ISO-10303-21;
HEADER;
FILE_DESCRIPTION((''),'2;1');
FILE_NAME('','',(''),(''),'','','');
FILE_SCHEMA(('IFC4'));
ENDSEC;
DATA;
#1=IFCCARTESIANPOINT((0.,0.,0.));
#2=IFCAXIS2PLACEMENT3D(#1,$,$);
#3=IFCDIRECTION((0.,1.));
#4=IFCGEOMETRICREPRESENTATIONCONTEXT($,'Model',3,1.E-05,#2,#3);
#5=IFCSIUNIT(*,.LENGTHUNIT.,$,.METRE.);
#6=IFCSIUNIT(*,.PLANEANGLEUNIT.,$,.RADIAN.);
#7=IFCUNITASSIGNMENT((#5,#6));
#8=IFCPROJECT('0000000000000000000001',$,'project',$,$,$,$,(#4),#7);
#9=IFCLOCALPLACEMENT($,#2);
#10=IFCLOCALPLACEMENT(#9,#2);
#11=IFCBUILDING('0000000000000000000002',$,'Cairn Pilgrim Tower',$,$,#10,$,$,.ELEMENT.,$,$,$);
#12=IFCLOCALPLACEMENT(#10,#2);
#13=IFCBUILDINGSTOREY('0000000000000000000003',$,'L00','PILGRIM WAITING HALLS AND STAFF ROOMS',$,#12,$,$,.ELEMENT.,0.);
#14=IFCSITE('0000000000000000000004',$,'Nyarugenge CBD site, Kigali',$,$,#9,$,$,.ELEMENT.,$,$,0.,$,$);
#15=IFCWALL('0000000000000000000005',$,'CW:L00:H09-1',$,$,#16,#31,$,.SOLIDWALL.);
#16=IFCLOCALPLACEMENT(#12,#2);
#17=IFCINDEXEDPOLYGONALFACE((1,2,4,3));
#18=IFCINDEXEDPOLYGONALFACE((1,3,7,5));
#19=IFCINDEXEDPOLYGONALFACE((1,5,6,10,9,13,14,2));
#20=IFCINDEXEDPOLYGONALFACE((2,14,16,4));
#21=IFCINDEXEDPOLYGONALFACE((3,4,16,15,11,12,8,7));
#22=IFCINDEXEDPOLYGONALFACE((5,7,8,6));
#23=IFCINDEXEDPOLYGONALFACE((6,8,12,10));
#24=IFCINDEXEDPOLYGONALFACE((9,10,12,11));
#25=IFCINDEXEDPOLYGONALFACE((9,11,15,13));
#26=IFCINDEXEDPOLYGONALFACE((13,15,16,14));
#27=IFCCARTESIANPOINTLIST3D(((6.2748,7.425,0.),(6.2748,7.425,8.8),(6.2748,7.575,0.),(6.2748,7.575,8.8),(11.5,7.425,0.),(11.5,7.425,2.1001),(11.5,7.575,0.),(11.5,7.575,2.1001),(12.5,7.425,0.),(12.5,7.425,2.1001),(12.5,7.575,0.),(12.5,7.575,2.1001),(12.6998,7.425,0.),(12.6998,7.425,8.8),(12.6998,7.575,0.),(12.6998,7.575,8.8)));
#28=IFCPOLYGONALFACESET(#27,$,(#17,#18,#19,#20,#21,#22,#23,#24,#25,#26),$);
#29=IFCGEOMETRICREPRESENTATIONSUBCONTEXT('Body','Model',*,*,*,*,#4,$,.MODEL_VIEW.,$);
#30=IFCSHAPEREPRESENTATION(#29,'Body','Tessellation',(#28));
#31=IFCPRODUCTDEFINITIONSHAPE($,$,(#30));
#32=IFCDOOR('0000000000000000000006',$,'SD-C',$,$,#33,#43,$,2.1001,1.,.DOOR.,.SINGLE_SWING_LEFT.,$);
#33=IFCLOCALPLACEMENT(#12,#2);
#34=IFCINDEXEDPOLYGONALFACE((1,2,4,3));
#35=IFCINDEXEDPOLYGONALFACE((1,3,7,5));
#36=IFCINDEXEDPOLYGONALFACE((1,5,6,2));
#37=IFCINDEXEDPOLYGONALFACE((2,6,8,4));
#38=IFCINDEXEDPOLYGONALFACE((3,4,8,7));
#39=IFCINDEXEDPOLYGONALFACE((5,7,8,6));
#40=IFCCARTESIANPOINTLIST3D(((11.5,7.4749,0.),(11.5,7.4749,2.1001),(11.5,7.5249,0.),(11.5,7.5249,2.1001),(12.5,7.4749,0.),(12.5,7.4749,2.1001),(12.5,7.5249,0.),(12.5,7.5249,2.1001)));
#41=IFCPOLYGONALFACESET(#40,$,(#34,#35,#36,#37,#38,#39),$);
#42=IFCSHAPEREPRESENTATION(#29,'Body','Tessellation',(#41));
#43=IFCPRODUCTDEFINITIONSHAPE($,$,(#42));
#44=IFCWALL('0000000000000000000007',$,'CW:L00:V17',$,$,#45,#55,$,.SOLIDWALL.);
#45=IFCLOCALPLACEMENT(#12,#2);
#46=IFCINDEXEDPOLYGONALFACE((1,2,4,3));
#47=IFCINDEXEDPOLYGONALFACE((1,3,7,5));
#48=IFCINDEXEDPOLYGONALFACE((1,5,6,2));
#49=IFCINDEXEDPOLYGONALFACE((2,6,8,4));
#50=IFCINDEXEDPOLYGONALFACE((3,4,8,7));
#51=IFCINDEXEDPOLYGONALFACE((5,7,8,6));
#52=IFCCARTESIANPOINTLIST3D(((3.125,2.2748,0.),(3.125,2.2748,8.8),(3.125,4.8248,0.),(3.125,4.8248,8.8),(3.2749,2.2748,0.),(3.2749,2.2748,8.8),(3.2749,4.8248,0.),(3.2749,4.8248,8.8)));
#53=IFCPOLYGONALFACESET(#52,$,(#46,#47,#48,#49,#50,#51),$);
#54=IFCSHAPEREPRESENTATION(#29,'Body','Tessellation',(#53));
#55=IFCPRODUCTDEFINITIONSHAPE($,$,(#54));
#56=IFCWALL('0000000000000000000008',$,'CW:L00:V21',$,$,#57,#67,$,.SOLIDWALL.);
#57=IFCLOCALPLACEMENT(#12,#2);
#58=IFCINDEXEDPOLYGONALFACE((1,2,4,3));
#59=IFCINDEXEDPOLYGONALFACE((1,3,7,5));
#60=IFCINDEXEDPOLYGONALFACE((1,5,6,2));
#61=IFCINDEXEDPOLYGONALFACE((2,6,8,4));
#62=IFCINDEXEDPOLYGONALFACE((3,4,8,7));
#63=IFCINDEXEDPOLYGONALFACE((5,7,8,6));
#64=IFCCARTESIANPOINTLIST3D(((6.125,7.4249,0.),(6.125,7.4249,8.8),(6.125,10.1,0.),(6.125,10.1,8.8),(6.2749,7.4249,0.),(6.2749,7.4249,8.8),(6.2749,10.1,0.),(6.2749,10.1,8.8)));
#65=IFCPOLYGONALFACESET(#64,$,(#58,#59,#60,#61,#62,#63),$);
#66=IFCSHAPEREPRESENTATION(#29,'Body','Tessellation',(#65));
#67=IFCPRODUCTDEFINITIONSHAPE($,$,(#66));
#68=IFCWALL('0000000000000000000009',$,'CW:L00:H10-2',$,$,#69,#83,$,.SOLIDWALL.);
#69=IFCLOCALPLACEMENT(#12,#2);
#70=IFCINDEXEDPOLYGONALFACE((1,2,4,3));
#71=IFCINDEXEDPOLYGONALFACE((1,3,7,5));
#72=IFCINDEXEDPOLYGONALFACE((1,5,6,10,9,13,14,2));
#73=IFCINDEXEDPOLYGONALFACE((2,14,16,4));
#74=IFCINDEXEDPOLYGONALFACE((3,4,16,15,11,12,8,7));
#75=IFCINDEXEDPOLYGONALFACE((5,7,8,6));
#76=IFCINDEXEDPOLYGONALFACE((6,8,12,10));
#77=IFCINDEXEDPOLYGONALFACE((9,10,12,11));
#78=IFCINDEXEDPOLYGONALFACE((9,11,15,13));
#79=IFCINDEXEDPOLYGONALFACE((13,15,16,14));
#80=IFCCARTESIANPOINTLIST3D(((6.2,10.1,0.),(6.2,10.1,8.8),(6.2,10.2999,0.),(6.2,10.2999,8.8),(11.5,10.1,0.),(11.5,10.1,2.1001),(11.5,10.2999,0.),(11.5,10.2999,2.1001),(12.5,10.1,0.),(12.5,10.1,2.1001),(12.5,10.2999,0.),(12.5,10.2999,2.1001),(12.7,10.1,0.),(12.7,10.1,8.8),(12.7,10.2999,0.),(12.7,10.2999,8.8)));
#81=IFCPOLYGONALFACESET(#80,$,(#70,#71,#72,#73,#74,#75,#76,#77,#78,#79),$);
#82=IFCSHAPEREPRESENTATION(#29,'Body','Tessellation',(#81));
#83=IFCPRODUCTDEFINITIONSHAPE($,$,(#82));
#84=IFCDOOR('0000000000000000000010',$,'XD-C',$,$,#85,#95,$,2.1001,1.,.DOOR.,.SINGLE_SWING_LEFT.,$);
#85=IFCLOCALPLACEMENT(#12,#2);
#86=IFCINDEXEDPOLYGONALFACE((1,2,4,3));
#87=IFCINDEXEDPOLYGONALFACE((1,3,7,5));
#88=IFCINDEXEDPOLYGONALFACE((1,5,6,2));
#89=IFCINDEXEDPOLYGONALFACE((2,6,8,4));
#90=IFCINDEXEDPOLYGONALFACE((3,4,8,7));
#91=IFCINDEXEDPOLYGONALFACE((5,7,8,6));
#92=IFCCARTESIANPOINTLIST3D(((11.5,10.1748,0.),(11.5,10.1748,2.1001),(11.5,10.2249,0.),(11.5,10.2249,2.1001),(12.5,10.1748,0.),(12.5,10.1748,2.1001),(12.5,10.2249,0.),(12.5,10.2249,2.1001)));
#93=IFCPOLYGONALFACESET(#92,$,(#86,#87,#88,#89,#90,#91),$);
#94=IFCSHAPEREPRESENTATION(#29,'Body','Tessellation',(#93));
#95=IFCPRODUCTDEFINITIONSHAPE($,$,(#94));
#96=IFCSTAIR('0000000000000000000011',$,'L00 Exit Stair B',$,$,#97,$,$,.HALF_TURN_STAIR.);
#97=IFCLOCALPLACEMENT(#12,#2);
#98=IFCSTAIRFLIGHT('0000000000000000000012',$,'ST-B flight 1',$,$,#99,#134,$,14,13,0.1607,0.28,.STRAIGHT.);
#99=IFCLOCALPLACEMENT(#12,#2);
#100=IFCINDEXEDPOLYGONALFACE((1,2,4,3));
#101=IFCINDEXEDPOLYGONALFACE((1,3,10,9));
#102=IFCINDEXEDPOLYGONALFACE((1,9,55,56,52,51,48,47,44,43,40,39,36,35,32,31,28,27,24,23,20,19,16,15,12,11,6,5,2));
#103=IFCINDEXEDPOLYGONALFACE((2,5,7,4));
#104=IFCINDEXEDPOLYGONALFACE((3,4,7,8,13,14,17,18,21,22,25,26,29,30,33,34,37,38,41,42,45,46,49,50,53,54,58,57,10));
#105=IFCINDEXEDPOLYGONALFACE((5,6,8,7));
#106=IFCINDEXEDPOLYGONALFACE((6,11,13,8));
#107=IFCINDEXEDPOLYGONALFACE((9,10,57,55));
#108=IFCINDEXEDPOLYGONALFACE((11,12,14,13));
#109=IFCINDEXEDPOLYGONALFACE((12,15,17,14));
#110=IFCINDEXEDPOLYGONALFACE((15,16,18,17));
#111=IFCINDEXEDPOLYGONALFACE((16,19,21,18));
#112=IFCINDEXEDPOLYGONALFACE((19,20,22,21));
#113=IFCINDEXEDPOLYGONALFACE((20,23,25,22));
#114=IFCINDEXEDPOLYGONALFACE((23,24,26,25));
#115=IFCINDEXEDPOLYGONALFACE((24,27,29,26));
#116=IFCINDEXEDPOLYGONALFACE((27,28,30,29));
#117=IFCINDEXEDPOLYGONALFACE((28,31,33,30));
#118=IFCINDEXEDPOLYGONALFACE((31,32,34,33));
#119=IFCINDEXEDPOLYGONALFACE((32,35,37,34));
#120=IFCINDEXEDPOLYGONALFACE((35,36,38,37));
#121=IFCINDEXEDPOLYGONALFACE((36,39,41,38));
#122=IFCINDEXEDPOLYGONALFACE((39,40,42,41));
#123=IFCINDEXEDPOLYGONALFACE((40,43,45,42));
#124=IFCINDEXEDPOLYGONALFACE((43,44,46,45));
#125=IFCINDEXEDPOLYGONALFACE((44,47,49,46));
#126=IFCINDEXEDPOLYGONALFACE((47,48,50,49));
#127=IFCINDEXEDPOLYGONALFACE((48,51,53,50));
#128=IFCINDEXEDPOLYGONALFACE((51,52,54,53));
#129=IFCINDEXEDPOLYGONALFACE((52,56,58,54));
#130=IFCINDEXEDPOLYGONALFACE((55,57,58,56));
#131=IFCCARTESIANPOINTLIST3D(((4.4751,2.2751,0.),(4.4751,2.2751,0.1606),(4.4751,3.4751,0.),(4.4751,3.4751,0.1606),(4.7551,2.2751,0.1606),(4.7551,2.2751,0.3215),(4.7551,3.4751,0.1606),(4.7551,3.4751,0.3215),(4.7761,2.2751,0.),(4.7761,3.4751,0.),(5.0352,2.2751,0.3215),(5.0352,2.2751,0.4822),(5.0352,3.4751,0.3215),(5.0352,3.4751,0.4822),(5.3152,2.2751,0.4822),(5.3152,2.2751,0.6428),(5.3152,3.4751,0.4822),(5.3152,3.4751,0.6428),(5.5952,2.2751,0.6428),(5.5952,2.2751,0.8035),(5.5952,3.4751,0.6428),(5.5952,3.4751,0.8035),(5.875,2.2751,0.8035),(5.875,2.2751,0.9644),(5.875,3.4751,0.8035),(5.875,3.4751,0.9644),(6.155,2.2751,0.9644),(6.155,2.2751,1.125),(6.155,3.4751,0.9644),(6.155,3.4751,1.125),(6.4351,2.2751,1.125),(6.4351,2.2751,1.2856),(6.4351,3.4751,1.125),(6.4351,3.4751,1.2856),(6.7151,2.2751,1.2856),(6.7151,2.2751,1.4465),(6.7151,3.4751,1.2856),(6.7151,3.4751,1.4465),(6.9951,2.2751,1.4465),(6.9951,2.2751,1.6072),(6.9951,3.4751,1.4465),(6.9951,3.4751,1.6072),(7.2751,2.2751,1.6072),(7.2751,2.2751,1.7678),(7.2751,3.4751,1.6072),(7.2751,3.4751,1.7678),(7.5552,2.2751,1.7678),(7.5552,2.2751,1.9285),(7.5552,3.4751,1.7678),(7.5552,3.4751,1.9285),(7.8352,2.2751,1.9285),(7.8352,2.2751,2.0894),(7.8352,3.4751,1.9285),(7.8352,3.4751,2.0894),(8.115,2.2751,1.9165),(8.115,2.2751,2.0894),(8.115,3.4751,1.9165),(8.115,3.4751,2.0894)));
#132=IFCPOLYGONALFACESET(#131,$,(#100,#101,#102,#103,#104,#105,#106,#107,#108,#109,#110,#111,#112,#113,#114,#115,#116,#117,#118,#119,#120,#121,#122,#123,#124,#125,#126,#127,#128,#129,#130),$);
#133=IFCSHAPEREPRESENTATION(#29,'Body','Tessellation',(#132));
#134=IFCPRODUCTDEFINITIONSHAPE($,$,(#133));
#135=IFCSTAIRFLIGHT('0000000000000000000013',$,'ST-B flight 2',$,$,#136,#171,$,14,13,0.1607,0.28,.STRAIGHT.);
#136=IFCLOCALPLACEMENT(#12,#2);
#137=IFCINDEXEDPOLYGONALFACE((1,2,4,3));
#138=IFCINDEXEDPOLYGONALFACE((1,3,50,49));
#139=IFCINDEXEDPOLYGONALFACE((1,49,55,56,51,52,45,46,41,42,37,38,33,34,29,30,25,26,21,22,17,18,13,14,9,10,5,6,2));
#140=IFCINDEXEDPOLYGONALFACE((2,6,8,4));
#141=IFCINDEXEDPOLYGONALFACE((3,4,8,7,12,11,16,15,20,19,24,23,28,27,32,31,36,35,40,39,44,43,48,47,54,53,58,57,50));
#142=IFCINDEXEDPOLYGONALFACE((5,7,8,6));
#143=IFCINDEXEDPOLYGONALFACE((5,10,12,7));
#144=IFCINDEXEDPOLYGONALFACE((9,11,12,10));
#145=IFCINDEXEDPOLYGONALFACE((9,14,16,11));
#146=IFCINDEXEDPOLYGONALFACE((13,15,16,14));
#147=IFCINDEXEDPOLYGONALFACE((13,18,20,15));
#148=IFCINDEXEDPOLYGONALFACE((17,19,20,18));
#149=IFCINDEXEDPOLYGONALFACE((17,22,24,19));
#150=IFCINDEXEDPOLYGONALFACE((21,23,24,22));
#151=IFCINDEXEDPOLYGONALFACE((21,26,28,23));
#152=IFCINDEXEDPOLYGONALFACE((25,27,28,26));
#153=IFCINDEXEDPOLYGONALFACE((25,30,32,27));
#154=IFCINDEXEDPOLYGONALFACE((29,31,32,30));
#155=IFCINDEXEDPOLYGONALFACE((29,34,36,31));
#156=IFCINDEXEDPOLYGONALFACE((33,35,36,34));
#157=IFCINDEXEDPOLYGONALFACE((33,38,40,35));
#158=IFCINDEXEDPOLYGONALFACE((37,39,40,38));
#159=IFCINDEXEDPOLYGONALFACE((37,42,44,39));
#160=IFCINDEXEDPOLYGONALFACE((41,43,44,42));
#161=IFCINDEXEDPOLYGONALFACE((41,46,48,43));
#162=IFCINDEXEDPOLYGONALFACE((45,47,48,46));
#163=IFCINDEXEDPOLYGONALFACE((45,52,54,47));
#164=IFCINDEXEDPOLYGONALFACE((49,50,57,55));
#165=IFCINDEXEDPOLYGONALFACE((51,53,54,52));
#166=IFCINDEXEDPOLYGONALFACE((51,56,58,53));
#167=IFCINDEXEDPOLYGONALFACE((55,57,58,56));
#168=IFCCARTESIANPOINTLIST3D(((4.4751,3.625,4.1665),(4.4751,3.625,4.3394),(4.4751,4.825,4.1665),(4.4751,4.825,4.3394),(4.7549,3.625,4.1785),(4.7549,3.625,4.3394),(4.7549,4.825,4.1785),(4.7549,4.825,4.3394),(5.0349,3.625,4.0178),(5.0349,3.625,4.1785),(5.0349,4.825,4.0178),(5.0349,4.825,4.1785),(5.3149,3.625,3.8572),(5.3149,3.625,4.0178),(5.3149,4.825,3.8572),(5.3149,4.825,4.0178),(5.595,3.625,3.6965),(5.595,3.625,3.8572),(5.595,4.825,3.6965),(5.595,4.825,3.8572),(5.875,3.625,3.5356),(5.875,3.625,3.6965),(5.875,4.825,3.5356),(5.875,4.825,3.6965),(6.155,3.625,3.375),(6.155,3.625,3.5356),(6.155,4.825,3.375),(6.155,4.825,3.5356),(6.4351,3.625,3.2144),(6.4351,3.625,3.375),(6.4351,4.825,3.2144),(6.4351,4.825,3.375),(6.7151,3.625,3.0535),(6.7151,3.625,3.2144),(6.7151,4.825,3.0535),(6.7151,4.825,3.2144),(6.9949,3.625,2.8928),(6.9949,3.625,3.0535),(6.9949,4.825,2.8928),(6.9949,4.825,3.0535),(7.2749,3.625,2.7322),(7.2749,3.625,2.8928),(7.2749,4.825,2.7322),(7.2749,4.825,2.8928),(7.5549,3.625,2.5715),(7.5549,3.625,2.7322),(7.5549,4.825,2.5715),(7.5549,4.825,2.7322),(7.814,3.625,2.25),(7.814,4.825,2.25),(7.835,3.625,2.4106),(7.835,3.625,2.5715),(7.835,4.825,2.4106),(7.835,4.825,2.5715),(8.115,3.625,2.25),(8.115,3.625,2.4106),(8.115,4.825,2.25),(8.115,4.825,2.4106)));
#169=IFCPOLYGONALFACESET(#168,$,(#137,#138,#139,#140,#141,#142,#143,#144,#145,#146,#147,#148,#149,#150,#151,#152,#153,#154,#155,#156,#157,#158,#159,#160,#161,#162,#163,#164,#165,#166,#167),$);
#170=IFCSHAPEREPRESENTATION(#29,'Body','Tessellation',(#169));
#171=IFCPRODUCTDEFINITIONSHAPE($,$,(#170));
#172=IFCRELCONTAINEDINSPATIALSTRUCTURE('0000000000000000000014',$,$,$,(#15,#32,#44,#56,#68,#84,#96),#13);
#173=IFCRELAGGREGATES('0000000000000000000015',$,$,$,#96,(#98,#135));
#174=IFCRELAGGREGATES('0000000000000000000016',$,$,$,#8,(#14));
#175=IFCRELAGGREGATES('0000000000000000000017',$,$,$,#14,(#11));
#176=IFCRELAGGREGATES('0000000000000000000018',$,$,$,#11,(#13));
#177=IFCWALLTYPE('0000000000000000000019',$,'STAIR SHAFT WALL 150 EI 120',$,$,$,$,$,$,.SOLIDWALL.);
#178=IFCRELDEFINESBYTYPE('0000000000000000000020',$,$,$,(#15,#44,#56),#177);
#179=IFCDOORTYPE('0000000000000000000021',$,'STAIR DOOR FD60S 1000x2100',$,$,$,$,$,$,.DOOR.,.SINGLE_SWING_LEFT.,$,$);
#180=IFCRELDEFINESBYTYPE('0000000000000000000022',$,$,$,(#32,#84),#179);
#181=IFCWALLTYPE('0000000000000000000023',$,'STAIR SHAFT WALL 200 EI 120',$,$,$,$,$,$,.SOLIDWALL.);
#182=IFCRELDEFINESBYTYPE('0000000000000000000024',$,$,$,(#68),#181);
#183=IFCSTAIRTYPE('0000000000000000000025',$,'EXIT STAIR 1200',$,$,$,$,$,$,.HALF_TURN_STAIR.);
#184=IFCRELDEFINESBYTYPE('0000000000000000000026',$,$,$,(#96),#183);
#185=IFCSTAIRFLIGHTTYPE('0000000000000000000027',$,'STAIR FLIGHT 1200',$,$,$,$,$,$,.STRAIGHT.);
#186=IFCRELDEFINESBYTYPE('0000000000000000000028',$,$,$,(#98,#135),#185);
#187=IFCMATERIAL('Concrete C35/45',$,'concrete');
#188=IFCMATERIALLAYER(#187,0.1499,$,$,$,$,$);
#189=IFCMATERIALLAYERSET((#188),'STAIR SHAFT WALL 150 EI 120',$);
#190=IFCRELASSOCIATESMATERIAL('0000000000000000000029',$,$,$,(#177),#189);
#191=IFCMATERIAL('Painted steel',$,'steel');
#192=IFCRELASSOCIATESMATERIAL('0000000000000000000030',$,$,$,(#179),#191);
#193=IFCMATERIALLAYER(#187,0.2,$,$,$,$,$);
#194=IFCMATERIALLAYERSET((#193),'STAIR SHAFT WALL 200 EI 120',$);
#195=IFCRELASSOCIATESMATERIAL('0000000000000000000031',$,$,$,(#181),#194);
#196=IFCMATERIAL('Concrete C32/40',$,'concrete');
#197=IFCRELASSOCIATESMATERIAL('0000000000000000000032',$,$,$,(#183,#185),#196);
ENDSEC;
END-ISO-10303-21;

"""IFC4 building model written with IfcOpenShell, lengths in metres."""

from ifc_helpers import new_model, si_unit, direction, frame, frame_2d, origin, place, context, subcontext, project, spatial, polyline, rectangle, outline, extrude, material, layer, layer_set, type_object, element, fill, aggregate, save


model = new_model("IFC4")

# Units and contexts
model_context = context("Model", 3, precision=1e-05, world=origin(), true_north=direction((0.0, 1.0)))
body_context = subcontext(model_context, "Body", "Model", "MODEL_VIEW")
ifc_project = project(units=[si_unit("LENGTHUNIT", "METRE"), si_unit("PLANEANGLEUNIT", "RADIAN")], contexts=[model_context])

# Site, building, storey
site_placement = place(None, origin())
site = spatial("IfcSite", under=ifc_project, at=site_placement, Name="Nyarugenge CBD site, Kigali", CompositionType="ELEMENT", RefElevation=0.0)
building_placement = place(site_placement, origin())
building = spatial("IfcBuilding", under=site, at=building_placement, Name="Cairn Pilgrim Tower", CompositionType="ELEMENT")
storey_placement = place(building_placement, origin())
storey = spatial("IfcBuildingStorey", under=building, at=storey_placement, Name="L00", Description="PILGRIM WAITING HALLS AND STAFF ROOMS", CompositionType="ELEMENT", Elevation=0.0)

# Shared definitions
ifc_material_1 = material(Name="Concrete C35/45", Category="concrete")

# Shared definitions
ifc_material_2 = material(Name="Concrete C32/40", Category="concrete")
ifc_layer_1 = layer(ifc_material_1, 0.1499)
ifc_layer_set_1 = layer_set([ifc_layer_1], Name="STAIR SHAFT WALL 150 EI 120")
wall_type_1 = type_object("IfcWallType", Name="STAIR SHAFT WALL 150 EI 120", PredefinedType="SOLIDWALL", material=ifc_layer_set_1)

# Wall, opening, door
ifc_material_3 = material(Name="Painted steel", Category="steel")
door_type = type_object("IfcDoorType", Name="STAIR DOOR FD60S 1000x2100", OperationType="SINGLE_SWING_LEFT", PredefinedType="DOOR", material=ifc_material_3)
wall_1_placement = place(storey_placement, frame((6.2749, 7.5, 0.0), z_axis=(0.0, 0.0, 1.0), x_axis=(1.0, 0.0, 0.0)))
wall_1 = element("IfcWall", 1, at=wall_1_placement, inside=storey, type_object=wall_type_1, Name="CW:L00:H09-1", PredefinedType="SOLIDWALL", context=body_context, shape_type="SweptSolid", body=[
    extrude(rectangle(XDim=6.425, YDim=0.1499, at=frame_2d((3.2124, 0.0))), origin(), (0.0, 0.0, 1.0), 8.8),
])
opening_1_placement = place(wall_1_placement, frame((5.2251, 0.0, 0.0)))
opening_1 = element("IfcOpeningElement", 2, at=opening_1_placement, cuts=wall_1, PredefinedType="OPENING", context=body_context, shape_type="SweptSolid", body=[
    extrude(rectangle(XDim=1.0, YDim=2.1001, at=frame_2d((0.5, 1.05))), frame((0.0, 0.085, 0.0), z_axis=(0.0, -1.0, 0.0), x_axis=(1.0, 0.0, 0.0)), (0.0, 0.0, 1.0), 0.1699),
])
door_1_placement = place(opening_1_placement, origin())
door_1 = element("IfcDoor", 3, at=door_1_placement, inside=storey, type_object=door_type, Name="SD-C", OperationType="SINGLE_SWING_LEFT", OverallHeight=2.1001, OverallWidth=1.0, PredefinedType="DOOR", context=body_context, shape_type="SweptSolid", body=[
    extrude(rectangle(XDim=1.0, YDim=2.1001, at=frame_2d((0.5, 1.05))), frame((0.0, 0.0249, 0.0), z_axis=(0.0, -1.0, 0.0), x_axis=(1.0, 0.0, 0.0)), (0.0, 0.0, 1.0), 0.05),
])
fill(opening_1, door_1)

# Walls
wall_2_placement = place(storey_placement, frame((3.2, 2.2749, 0.0), z_axis=(0.0, 0.0, 1.0), x_axis=(0.0, 1.0, 0.0)))
element("IfcWall", 4, at=wall_2_placement, inside=storey, type_object=wall_type_1, Name="CW:L00:V17", PredefinedType="SOLIDWALL", context=body_context, shape_type="SweptSolid", body=[
    extrude(rectangle(XDim=2.55, YDim=0.1499, at=frame_2d((1.2749, 0.0))), origin(), (0.0, 0.0, 1.0), 8.8),
])
wall_3_placement = place(storey_placement, frame((6.2, 7.425, 0.0), z_axis=(0.0, 0.0, 1.0), x_axis=(0.0, 1.0, 0.0)))
element("IfcWall", 5, at=wall_3_placement, inside=storey, type_object=wall_type_1, Name="CW:L00:V21", PredefinedType="SOLIDWALL", context=body_context, shape_type="SweptSolid", body=[
    extrude(rectangle(XDim=2.675, YDim=0.1499, at=frame_2d((1.3374, 0.0))), origin(), (0.0, 0.0, 1.0), 8.8),
])

# Wall, opening, door
ifc_layer_2 = layer(ifc_material_1, 0.2)
ifc_layer_set_2 = layer_set([ifc_layer_2], Name="STAIR SHAFT WALL 200 EI 120")
wall_type_2 = type_object("IfcWallType", Name="STAIR SHAFT WALL 200 EI 120", PredefinedType="SOLIDWALL", material=ifc_layer_set_2)
wall_4_placement = place(storey_placement, frame((6.2, 10.2, 0.0), z_axis=(0.0, 0.0, 1.0), x_axis=(1.0, 0.0, 0.0)))
wall_4 = element("IfcWall", 6, at=wall_4_placement, inside=storey, type_object=wall_type_2, Name="CW:L00:H10-2", PredefinedType="SOLIDWALL", context=body_context, shape_type="SweptSolid", body=[
    extrude(rectangle(XDim=6.5, YDim=0.2, at=frame_2d((3.25, 0.0))), origin(), (0.0, 0.0, 1.0), 8.8),
])
opening_2_placement = place(wall_4_placement, frame((5.3, 0.0, 0.0)))
opening_2 = element("IfcOpeningElement", 7, at=opening_2_placement, cuts=wall_4, PredefinedType="OPENING", context=body_context, shape_type="SweptSolid", body=[
    extrude(rectangle(XDim=1.0, YDim=2.1001, at=frame_2d((0.5, 1.05))), frame((0.0, 0.1099, 0.0), z_axis=(0.0, -1.0, 0.0), x_axis=(1.0, 0.0, 0.0)), (0.0, 0.0, 1.0), 0.22),
])
door_2_placement = place(opening_2_placement, origin())
door_2 = element("IfcDoor", 8, at=door_2_placement, inside=storey, type_object=door_type, Name="XD-C", OperationType="SINGLE_SWING_LEFT", OverallHeight=2.1001, OverallWidth=1.0, PredefinedType="DOOR", context=body_context, shape_type="SweptSolid", body=[
    extrude(rectangle(XDim=1.0, YDim=2.1001, at=frame_2d((0.5, 1.05))), frame((0.0, 0.0249, 0.0), z_axis=(0.0, -1.0, 0.0), x_axis=(1.0, 0.0, 0.0)), (0.0, 0.0, 1.0), 0.05),
])
fill(opening_2, door_2)

# Stair, stair flights
stair_type = type_object("IfcStairType", Name="EXIT STAIR 1200", PredefinedType="HALF_TURN_STAIR", material=ifc_material_2)
stair_1_placement = place(storey_placement, origin())
stair_1 = element("IfcStair", 9, at=stair_1_placement, inside=storey, type_object=stair_type, Name="L00 Exit Stair B", PredefinedType="HALF_TURN_STAIR")
stair_flight_type = type_object("IfcStairFlightType", Name="STAIR FLIGHT 1200", PredefinedType="STRAIGHT", material=ifc_material_2)
stair_flight_1_placement = place(storey_placement, frame((4.4751, 2.875, 0.0), z_axis=(0.0, 0.0, 1.0), x_axis=(1.0, 0.0, 0.0)))
stair_flight_1 = element("IfcStairFlight", 10, at=stair_flight_1_placement, type_object=stair_flight_type, Name="ST-B flight 1", NumberOfRisers=14, NumberOfTreads=13, PredefinedType="STRAIGHT", RiserHeight=0.1607, TreadLength=0.28, context=body_context, shape_type="SweptSolid", body=[
    extrude(outline(polyline([(0.0, 0.0), (0.0, 0.1606), (0.28, 0.1606), (0.28, 0.3215), (0.5601, 0.3215), (0.5601, 0.4822), (0.8401, 0.4822), (0.8401, 0.6428), (1.1201, 0.6428), (1.1201, 0.8035), (1.3999, 0.8035), (1.3999, 0.9644), (1.6799, 0.9644), (1.6799, 1.125), (1.96, 1.125), (1.96, 1.2856), (2.24, 1.2856), (2.24, 1.4465), (2.52, 1.4465), (2.52, 1.6072), (2.8, 1.6072), (2.8, 1.7678), (3.0801, 1.7678), (3.0801, 1.9285), (3.3601, 1.9285), (3.3601, 2.0894), (3.6399, 2.0894), (3.6399, 2.25), (3.6399, 1.9165), (0.301, 0.0), (0.0, 0.0)])), frame((0.0, 0.6001, 0.0), z_axis=(0.0, -1.0, 0.0), x_axis=(1.0, 0.0, 0.0)), (0.0, 0.0, 1.0), 1.2),
])
stair_flight_2_placement = place(storey_placement, frame((8.115, 4.2251, 2.25), z_axis=(0.0, 0.0, 1.0), x_axis=(-1.0, 0.0, 0.0)))
stair_flight_2 = element("IfcStairFlight", 11, at=stair_flight_2_placement, type_object=stair_flight_type, Name="ST-B flight 2", NumberOfRisers=14, NumberOfTreads=13, PredefinedType="STRAIGHT", RiserHeight=0.1607, TreadLength=0.28, context=body_context, shape_type="SweptSolid", body=[
    extrude(outline(polyline([(0.0, 0.0), (0.0, 0.1606), (0.28, 0.1606), (0.28, 0.3215), (0.5601, 0.3215), (0.5601, 0.4822), (0.8401, 0.4822), (0.8401, 0.6428), (1.1201, 0.6428), (1.1201, 0.8035), (1.3999, 0.8035), (1.3999, 0.9644), (1.6799, 0.9644), (1.6799, 1.125), (1.96, 1.125), (1.96, 1.2856), (2.24, 1.2856), (2.24, 1.4465), (2.52, 1.4465), (2.52, 1.6072), (2.8, 1.6072), (2.8, 1.7678), (3.0801, 1.7678), (3.0801, 1.9285), (3.3601, 1.9285), (3.3601, 2.0894), (3.6399, 2.0894), (3.6399, 2.25), (3.6399, 1.9165), (0.301, 0.0), (0.0, 0.0)])), frame((0.0, 0.6001, 0.0), z_axis=(0.0, -1.0, 0.0), x_axis=(1.0, 0.0, 0.0)), (0.0, 0.0, 1.0), 1.2),
])
aggregate(stair_1, [stair_flight_1, stair_flight_2])

save(model, "model.ifc")
